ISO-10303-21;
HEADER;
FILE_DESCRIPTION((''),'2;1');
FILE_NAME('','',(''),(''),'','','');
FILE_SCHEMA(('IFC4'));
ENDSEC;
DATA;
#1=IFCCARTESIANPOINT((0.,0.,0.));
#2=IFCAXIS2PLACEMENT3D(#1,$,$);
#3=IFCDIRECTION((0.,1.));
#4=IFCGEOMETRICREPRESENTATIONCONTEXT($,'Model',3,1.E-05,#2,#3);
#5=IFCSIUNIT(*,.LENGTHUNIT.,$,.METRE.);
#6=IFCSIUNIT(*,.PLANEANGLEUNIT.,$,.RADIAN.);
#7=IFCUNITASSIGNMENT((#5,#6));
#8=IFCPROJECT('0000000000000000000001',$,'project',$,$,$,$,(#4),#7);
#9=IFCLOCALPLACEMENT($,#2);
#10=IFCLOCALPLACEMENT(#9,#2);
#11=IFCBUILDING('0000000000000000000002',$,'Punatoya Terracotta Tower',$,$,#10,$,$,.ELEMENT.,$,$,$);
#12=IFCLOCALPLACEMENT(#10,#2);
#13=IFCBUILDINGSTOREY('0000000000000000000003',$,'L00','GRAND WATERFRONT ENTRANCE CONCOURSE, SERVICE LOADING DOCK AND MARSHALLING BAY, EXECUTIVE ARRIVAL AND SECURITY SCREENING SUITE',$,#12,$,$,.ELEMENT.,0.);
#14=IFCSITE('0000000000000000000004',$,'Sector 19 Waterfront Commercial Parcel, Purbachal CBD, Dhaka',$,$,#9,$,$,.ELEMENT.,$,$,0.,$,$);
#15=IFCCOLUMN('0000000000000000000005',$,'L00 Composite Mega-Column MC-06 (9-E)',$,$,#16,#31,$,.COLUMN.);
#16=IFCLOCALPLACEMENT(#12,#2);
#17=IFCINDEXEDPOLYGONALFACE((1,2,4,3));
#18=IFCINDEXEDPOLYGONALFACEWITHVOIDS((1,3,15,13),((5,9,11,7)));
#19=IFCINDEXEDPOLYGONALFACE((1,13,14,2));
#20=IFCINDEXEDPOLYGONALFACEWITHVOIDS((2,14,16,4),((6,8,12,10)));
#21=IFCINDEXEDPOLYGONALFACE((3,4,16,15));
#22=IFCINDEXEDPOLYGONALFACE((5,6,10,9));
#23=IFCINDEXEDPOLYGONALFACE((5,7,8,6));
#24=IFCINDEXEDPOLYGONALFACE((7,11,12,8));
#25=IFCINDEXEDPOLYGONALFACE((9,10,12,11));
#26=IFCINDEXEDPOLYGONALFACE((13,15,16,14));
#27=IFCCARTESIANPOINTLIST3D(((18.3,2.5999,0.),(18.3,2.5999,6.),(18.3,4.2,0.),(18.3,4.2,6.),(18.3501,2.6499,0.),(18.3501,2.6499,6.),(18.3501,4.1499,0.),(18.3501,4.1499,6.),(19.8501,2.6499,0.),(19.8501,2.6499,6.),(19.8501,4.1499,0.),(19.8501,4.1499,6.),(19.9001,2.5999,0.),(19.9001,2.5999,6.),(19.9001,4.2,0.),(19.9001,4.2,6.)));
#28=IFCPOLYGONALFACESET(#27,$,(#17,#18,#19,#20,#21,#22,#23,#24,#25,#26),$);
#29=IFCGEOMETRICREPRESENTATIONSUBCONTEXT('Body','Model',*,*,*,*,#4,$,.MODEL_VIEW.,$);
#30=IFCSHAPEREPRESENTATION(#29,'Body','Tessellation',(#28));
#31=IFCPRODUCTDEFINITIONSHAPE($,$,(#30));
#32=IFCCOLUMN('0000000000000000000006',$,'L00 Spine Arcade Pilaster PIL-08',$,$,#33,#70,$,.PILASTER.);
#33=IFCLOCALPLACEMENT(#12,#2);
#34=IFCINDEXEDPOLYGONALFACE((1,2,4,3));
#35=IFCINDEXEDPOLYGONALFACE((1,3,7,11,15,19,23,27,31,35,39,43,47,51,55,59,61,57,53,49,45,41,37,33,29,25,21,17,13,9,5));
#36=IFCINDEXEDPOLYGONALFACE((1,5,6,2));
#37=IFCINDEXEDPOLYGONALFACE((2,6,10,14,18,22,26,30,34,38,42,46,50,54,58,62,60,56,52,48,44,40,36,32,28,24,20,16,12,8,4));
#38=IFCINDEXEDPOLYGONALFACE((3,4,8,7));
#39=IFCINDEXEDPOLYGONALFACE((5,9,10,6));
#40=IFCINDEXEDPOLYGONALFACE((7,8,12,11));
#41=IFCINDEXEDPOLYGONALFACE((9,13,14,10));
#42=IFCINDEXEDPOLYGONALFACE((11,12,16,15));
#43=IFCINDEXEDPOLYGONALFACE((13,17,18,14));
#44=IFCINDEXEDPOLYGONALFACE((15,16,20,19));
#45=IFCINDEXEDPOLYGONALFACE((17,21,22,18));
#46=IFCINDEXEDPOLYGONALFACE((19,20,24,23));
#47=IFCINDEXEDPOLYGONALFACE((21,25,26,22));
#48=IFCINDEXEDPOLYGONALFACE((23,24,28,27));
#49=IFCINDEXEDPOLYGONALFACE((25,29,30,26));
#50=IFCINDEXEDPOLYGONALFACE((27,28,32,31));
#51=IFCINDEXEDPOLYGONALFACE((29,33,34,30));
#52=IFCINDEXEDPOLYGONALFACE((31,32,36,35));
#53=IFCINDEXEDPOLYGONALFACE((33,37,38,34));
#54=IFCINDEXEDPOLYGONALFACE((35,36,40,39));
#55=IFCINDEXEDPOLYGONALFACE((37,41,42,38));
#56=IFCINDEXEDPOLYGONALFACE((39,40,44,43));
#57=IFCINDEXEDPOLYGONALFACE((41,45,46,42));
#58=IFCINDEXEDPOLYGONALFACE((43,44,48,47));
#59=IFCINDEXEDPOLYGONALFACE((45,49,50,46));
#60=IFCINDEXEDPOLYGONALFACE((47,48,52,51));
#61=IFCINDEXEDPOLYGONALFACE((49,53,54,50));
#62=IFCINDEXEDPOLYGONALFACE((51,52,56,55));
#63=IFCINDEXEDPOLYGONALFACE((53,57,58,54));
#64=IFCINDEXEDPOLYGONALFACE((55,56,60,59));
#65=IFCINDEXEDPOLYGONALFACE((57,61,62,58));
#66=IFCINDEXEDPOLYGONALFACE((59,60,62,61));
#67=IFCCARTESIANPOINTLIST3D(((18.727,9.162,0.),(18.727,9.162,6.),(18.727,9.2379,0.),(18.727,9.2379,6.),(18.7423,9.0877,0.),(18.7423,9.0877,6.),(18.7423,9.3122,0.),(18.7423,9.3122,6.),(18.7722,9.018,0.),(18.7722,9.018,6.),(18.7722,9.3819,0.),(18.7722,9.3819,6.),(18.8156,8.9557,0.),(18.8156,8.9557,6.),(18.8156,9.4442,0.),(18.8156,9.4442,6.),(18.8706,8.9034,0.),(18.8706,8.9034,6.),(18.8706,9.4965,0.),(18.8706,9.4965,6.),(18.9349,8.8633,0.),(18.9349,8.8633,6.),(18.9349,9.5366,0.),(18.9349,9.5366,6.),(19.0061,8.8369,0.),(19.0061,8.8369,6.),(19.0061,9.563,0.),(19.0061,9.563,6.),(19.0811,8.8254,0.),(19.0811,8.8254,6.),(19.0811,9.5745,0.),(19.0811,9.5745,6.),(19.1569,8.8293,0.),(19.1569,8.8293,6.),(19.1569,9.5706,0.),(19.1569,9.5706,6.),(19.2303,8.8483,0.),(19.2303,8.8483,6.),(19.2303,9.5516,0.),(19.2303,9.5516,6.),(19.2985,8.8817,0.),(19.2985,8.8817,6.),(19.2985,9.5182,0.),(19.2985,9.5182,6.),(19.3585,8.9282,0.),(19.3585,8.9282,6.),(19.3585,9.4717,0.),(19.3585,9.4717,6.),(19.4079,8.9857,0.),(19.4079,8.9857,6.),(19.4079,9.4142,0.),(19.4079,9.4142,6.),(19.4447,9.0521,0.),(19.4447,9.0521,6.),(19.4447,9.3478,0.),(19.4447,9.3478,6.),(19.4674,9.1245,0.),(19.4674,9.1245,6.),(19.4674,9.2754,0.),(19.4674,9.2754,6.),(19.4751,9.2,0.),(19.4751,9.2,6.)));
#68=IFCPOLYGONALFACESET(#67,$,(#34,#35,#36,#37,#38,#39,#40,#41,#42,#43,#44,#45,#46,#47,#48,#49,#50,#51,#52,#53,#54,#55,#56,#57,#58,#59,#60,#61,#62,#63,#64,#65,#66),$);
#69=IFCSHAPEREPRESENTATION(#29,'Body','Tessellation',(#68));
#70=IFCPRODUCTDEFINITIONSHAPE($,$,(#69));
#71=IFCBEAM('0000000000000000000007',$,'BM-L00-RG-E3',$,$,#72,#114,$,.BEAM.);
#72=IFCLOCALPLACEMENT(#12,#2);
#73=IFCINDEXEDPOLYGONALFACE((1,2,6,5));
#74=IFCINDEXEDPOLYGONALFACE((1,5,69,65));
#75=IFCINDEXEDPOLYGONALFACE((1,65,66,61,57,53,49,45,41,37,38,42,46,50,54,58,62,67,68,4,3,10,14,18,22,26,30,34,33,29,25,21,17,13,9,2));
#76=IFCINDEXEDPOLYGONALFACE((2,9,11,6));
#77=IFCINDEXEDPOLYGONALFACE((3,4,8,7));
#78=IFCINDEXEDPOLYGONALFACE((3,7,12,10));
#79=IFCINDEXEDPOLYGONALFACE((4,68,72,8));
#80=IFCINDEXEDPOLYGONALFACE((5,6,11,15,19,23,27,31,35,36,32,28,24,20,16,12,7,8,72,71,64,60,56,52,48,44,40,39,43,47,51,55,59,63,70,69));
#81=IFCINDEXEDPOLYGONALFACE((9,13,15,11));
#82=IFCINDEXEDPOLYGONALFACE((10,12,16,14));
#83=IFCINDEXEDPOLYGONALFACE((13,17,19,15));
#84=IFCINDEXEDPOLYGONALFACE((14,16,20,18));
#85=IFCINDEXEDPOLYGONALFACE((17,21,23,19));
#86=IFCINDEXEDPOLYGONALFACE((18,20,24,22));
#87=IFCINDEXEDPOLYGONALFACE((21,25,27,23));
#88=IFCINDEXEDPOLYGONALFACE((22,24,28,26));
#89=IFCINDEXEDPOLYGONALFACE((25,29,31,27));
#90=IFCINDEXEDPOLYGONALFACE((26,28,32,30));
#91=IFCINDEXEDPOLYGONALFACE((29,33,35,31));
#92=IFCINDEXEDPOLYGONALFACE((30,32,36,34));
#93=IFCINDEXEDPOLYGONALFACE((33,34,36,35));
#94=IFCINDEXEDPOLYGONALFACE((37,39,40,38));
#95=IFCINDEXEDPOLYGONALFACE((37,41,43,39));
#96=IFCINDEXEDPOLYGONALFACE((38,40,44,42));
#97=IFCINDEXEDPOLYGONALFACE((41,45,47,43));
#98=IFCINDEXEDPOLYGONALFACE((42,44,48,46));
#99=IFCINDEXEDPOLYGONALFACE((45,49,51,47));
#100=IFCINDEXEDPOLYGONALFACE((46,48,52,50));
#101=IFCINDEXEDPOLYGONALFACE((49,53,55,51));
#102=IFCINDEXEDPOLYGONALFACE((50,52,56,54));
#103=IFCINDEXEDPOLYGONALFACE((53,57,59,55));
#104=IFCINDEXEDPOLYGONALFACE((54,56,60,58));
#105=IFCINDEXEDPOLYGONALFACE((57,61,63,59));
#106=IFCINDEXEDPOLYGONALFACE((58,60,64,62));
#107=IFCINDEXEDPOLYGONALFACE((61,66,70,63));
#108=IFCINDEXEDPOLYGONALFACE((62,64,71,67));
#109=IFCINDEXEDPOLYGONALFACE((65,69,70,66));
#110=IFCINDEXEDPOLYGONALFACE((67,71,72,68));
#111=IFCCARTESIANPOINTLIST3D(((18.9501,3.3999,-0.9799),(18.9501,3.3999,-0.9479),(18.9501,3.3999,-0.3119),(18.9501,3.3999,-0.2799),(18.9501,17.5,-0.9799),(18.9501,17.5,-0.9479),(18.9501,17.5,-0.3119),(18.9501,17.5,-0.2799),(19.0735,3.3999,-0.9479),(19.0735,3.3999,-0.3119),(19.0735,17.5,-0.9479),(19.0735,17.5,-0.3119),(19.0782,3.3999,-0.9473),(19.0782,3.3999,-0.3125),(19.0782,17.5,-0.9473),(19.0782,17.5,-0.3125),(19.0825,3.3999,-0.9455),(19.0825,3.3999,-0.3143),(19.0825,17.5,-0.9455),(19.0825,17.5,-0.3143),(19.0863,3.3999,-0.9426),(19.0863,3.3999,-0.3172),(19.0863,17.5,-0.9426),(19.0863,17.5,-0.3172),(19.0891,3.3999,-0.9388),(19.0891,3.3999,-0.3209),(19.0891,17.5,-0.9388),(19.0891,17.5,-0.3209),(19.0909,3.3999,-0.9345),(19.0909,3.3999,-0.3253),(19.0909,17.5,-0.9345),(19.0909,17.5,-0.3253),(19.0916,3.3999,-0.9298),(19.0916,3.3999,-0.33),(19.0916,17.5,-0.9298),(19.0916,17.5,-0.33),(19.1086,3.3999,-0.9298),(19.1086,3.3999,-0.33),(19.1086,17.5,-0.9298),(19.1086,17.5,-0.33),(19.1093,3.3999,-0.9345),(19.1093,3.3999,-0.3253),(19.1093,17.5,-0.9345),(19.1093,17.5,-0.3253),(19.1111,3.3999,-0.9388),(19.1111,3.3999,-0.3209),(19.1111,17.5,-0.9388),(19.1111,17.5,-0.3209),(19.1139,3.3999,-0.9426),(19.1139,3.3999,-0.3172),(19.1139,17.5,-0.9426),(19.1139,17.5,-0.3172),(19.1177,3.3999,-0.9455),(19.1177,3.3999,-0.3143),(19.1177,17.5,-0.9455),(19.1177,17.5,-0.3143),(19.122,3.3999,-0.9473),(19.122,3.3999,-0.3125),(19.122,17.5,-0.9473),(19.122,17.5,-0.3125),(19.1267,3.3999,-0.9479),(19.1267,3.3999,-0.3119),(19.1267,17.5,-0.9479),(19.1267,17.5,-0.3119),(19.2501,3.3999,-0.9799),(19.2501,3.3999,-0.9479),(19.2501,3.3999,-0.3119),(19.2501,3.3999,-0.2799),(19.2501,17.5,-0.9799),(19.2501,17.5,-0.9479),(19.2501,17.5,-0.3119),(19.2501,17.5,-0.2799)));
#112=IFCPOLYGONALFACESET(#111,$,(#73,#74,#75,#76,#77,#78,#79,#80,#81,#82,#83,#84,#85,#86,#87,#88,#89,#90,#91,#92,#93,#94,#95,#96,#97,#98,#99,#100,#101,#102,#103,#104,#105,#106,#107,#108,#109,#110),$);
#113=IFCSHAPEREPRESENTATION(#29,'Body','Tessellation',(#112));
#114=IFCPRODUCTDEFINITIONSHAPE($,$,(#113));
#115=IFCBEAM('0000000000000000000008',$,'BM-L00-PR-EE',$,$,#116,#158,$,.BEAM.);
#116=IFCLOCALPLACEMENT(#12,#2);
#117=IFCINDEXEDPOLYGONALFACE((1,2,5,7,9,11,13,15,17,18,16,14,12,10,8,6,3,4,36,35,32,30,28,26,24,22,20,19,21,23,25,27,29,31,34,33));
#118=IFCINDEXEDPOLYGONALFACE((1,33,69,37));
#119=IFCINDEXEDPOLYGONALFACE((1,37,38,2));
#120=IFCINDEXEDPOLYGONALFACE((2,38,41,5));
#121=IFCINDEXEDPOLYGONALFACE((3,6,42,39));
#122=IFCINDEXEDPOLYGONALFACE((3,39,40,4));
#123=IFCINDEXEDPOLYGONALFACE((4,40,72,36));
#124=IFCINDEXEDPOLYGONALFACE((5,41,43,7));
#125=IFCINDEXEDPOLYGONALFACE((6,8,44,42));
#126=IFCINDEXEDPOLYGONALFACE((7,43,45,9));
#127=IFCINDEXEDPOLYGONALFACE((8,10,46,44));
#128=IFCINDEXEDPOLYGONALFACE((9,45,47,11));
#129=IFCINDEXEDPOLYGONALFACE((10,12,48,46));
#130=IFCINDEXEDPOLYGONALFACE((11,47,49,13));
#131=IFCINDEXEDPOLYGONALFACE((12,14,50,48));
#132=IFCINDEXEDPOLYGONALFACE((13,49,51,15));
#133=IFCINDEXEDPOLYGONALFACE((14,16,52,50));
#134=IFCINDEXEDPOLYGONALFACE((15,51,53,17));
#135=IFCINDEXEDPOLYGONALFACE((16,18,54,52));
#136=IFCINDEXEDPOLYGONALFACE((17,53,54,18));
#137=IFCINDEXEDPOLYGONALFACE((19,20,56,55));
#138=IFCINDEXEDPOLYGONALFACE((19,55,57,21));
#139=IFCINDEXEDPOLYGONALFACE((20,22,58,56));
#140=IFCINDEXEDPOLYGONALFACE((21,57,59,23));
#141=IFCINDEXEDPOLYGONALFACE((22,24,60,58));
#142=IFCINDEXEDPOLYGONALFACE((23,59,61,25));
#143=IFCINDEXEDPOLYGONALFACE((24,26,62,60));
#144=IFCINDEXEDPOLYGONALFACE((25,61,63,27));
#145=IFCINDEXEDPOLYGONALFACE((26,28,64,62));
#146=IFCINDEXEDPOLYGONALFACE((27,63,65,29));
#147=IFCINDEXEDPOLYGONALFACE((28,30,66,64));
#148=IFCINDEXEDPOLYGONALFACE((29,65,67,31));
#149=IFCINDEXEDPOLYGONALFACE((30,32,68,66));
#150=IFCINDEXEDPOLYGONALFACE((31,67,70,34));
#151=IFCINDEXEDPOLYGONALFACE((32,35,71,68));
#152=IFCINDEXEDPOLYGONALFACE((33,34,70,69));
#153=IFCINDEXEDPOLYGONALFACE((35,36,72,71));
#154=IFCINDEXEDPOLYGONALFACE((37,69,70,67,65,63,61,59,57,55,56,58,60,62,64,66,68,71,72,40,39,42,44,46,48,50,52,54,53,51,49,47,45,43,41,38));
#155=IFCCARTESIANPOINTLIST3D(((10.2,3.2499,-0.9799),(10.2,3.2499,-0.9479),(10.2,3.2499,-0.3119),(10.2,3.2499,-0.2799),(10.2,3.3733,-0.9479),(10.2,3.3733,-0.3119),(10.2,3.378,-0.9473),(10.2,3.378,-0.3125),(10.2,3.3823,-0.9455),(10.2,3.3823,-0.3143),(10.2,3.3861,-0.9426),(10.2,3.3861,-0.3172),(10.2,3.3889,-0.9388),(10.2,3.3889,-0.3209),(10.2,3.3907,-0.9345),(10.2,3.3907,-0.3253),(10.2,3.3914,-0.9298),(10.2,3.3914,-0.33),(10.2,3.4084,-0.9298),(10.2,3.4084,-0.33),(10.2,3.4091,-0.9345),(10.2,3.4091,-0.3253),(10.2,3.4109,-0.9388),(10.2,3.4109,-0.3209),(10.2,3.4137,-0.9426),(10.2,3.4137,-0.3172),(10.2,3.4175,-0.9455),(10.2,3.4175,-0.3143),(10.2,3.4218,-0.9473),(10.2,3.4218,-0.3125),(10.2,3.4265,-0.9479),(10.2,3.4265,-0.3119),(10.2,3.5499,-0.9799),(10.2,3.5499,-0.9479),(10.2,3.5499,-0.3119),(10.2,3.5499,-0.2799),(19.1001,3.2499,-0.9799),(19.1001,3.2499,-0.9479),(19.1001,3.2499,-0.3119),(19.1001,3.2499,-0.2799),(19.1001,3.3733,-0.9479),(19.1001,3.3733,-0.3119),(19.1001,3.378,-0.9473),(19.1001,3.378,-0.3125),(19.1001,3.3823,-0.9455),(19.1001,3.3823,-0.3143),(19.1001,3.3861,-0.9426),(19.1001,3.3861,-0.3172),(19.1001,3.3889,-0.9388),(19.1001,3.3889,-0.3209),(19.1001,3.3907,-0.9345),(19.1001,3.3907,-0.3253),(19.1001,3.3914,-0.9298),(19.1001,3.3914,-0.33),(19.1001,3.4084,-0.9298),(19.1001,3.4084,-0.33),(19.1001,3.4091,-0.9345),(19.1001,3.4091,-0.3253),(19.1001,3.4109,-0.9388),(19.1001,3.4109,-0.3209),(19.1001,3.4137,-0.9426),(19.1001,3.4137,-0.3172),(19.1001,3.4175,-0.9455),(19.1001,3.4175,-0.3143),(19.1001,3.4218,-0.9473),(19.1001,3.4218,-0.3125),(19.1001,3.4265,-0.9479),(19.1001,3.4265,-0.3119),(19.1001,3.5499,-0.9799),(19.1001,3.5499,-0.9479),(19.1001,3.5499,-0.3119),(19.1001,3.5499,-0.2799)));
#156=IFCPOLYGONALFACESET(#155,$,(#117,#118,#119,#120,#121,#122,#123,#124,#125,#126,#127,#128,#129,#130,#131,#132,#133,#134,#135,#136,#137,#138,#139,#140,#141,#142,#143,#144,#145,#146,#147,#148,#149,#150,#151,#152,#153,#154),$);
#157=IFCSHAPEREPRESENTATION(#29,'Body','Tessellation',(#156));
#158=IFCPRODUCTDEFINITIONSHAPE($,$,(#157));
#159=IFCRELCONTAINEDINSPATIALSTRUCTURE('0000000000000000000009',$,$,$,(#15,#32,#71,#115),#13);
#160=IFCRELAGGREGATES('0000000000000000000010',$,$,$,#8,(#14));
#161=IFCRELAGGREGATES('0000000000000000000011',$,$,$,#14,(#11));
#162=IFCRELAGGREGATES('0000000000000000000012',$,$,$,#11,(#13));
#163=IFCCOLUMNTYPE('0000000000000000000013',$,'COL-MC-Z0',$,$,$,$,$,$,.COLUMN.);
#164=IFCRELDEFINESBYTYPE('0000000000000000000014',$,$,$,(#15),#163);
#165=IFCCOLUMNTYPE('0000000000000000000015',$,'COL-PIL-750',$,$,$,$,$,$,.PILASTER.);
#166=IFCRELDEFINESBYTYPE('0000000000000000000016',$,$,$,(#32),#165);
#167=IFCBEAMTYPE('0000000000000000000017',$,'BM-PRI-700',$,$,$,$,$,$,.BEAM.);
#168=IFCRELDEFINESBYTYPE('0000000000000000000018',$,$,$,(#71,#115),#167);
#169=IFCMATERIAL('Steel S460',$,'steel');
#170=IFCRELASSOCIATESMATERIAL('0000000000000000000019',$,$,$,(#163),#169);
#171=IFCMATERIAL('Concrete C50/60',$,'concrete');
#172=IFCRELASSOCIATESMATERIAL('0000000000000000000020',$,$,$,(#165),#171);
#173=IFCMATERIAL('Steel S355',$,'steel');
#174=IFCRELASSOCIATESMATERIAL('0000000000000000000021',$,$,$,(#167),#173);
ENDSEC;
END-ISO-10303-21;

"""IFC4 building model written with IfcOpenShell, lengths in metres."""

from ifc_helpers import new_model, si_unit, direction, frame, origin, origin_2d, place, context, subcontext, project, spatial, hollow_rectangle, circle, i_section, extrude, material, material_profile, profile_set, type_object, element, save


model = new_model("IFC4")

# Units and contexts
model_context = context("Model", 3, precision=1e-05, world=origin(), true_north=direction((0.0, 1.0)))
body_context = subcontext(model_context, "Body", "Model", "MODEL_VIEW")
ifc_project = project(units=[si_unit("LENGTHUNIT", "METRE"), si_unit("PLANEANGLEUNIT", "RADIAN")], contexts=[model_context])

# Site, building, storey
site_placement = place(None, origin())
site = spatial("IfcSite", under=ifc_project, at=site_placement, Name="Sector 19 Waterfront Commercial Parcel, Purbachal CBD, Dhaka", CompositionType="ELEMENT", RefElevation=0.0)
building_placement = place(site_placement, origin())
building = spatial("IfcBuilding", under=site, at=building_placement, Name="Punatoya Terracotta Tower", CompositionType="ELEMENT")
storey_placement = place(building_placement, origin())
storey = spatial("IfcBuildingStorey", under=building, at=storey_placement, Name="L00", Description="GRAND WATERFRONT ENTRANCE CONCOURSE, SERVICE LOADING DOCK AND MARSHALLING BAY, EXECUTIVE ARRIVAL AND SECURITY SCREENING SUITE", CompositionType="ELEMENT", Elevation=0.0)

# Columns
ifc_material_1 = material(Name="Steel S460", Category="steel")
ifc_material_profile_1 = material_profile(ifc_material_1, hollow_rectangle(XDim=1.6001, YDim=1.6001, WallThickness=0.05, at=origin_2d()))
ifc_profile_set_1 = profile_set([ifc_material_profile_1], Name="Steel S460")
column_type_1 = type_object("IfcColumnType", Name="COL-MC-Z0", PredefinedType="COLUMN", material=ifc_profile_set_1)
column_1_placement = place(storey_placement, frame((19.1001, 3.3999, 0.0), z_axis=(0.0, 0.0, 1.0), x_axis=(1.0, 0.0, 0.0)))
element("IfcColumn", 1, at=column_1_placement, inside=storey, type_object=column_type_1, Name="L00 Composite Mega-Column MC-06 (9-E)", PredefinedType="COLUMN", context=body_context, shape_type="SweptSolid", body=[
    extrude(hollow_rectangle(XDim=1.6001, YDim=1.6001, WallThickness=0.05, at=origin_2d()), origin(), (0.0, 0.0, 1.0), 6.0),
])
ifc_material_2 = material(Name="Concrete C50/60", Category="concrete")
ifc_material_profile_2 = material_profile(ifc_material_2, circle(Radius=0.375, at=origin_2d()))
ifc_profile_set_2 = profile_set([ifc_material_profile_2], Name="Concrete C50/60")
column_type_2 = type_object("IfcColumnType", Name="COL-PIL-750", PredefinedType="PILASTER", material=ifc_profile_set_2)
column_2_placement = place(storey_placement, frame((19.1001, 9.2, 0.0), z_axis=(0.0, 0.0, 1.0), x_axis=(1.0, 0.0, 0.0)))
element("IfcColumn", 2, at=column_2_placement, inside=storey, type_object=column_type_2, Name="L00 Spine Arcade Pilaster PIL-08", PredefinedType="PILASTER", context=body_context, shape_type="SweptSolid", body=[
    extrude(circle(Radius=0.375, at=origin_2d()), origin(), (0.0, 0.0, 1.0), 6.0),
])

# Beams
ifc_material_3 = material(Name="Steel S355", Category="steel")
ifc_material_profile_3 = material_profile(ifc_material_3, i_section(OverallWidth=0.3, OverallDepth=0.7, WebThickness=0.0171, FlangeThickness=0.032, FilletRadius=0.0181, at=origin_2d()))
ifc_profile_set_3 = profile_set([ifc_material_profile_3], Name="Steel S355")
beam_type_1 = type_object("IfcBeamType", Name="BM-PRI-700", PredefinedType="BEAM", material=ifc_profile_set_3)
beam_1_placement = place(storey_placement, frame((19.1001, 3.3999, -0.6299), z_axis=(0.0, 1.0, 0.0), x_axis=(-1.0, 0.0, 0.0)))
element("IfcBeam", 3, at=beam_1_placement, inside=storey, type_object=beam_type_1, Name="BM-L00-RG-E3", PredefinedType="BEAM", context=body_context, shape_type="SweptSolid", body=[
    extrude(i_section(OverallWidth=0.3, OverallDepth=0.7, WebThickness=0.0171, FlangeThickness=0.032, FilletRadius=0.0181, at=origin_2d()), origin(), (0.0, 0.0, 1.0), 14.1001),
])
for number, where, z_axis, x_axis, name in (
    (4, (10.2, 3.3999, -0.6299), (1.0, 0.0, 0.0), (0.0, 1.0, 0.0), "BM-L00-PR-EE"),
):
    element("IfcBeam", number, at=place(storey_placement, frame(where, z_axis=z_axis, x_axis=x_axis)), inside=storey, type_object=beam_type_1, Name=name, PredefinedType="BEAM", context=body_context, shape_type="SweptSolid", body=[
        extrude(i_section(OverallWidth=0.3, OverallDepth=0.7, WebThickness=0.0171, FlangeThickness=0.032, FilletRadius=0.0181, at=origin_2d()), origin(), (0.0, 0.0, 1.0), 8.9001),
    ])

save(model, "model.ifc")
